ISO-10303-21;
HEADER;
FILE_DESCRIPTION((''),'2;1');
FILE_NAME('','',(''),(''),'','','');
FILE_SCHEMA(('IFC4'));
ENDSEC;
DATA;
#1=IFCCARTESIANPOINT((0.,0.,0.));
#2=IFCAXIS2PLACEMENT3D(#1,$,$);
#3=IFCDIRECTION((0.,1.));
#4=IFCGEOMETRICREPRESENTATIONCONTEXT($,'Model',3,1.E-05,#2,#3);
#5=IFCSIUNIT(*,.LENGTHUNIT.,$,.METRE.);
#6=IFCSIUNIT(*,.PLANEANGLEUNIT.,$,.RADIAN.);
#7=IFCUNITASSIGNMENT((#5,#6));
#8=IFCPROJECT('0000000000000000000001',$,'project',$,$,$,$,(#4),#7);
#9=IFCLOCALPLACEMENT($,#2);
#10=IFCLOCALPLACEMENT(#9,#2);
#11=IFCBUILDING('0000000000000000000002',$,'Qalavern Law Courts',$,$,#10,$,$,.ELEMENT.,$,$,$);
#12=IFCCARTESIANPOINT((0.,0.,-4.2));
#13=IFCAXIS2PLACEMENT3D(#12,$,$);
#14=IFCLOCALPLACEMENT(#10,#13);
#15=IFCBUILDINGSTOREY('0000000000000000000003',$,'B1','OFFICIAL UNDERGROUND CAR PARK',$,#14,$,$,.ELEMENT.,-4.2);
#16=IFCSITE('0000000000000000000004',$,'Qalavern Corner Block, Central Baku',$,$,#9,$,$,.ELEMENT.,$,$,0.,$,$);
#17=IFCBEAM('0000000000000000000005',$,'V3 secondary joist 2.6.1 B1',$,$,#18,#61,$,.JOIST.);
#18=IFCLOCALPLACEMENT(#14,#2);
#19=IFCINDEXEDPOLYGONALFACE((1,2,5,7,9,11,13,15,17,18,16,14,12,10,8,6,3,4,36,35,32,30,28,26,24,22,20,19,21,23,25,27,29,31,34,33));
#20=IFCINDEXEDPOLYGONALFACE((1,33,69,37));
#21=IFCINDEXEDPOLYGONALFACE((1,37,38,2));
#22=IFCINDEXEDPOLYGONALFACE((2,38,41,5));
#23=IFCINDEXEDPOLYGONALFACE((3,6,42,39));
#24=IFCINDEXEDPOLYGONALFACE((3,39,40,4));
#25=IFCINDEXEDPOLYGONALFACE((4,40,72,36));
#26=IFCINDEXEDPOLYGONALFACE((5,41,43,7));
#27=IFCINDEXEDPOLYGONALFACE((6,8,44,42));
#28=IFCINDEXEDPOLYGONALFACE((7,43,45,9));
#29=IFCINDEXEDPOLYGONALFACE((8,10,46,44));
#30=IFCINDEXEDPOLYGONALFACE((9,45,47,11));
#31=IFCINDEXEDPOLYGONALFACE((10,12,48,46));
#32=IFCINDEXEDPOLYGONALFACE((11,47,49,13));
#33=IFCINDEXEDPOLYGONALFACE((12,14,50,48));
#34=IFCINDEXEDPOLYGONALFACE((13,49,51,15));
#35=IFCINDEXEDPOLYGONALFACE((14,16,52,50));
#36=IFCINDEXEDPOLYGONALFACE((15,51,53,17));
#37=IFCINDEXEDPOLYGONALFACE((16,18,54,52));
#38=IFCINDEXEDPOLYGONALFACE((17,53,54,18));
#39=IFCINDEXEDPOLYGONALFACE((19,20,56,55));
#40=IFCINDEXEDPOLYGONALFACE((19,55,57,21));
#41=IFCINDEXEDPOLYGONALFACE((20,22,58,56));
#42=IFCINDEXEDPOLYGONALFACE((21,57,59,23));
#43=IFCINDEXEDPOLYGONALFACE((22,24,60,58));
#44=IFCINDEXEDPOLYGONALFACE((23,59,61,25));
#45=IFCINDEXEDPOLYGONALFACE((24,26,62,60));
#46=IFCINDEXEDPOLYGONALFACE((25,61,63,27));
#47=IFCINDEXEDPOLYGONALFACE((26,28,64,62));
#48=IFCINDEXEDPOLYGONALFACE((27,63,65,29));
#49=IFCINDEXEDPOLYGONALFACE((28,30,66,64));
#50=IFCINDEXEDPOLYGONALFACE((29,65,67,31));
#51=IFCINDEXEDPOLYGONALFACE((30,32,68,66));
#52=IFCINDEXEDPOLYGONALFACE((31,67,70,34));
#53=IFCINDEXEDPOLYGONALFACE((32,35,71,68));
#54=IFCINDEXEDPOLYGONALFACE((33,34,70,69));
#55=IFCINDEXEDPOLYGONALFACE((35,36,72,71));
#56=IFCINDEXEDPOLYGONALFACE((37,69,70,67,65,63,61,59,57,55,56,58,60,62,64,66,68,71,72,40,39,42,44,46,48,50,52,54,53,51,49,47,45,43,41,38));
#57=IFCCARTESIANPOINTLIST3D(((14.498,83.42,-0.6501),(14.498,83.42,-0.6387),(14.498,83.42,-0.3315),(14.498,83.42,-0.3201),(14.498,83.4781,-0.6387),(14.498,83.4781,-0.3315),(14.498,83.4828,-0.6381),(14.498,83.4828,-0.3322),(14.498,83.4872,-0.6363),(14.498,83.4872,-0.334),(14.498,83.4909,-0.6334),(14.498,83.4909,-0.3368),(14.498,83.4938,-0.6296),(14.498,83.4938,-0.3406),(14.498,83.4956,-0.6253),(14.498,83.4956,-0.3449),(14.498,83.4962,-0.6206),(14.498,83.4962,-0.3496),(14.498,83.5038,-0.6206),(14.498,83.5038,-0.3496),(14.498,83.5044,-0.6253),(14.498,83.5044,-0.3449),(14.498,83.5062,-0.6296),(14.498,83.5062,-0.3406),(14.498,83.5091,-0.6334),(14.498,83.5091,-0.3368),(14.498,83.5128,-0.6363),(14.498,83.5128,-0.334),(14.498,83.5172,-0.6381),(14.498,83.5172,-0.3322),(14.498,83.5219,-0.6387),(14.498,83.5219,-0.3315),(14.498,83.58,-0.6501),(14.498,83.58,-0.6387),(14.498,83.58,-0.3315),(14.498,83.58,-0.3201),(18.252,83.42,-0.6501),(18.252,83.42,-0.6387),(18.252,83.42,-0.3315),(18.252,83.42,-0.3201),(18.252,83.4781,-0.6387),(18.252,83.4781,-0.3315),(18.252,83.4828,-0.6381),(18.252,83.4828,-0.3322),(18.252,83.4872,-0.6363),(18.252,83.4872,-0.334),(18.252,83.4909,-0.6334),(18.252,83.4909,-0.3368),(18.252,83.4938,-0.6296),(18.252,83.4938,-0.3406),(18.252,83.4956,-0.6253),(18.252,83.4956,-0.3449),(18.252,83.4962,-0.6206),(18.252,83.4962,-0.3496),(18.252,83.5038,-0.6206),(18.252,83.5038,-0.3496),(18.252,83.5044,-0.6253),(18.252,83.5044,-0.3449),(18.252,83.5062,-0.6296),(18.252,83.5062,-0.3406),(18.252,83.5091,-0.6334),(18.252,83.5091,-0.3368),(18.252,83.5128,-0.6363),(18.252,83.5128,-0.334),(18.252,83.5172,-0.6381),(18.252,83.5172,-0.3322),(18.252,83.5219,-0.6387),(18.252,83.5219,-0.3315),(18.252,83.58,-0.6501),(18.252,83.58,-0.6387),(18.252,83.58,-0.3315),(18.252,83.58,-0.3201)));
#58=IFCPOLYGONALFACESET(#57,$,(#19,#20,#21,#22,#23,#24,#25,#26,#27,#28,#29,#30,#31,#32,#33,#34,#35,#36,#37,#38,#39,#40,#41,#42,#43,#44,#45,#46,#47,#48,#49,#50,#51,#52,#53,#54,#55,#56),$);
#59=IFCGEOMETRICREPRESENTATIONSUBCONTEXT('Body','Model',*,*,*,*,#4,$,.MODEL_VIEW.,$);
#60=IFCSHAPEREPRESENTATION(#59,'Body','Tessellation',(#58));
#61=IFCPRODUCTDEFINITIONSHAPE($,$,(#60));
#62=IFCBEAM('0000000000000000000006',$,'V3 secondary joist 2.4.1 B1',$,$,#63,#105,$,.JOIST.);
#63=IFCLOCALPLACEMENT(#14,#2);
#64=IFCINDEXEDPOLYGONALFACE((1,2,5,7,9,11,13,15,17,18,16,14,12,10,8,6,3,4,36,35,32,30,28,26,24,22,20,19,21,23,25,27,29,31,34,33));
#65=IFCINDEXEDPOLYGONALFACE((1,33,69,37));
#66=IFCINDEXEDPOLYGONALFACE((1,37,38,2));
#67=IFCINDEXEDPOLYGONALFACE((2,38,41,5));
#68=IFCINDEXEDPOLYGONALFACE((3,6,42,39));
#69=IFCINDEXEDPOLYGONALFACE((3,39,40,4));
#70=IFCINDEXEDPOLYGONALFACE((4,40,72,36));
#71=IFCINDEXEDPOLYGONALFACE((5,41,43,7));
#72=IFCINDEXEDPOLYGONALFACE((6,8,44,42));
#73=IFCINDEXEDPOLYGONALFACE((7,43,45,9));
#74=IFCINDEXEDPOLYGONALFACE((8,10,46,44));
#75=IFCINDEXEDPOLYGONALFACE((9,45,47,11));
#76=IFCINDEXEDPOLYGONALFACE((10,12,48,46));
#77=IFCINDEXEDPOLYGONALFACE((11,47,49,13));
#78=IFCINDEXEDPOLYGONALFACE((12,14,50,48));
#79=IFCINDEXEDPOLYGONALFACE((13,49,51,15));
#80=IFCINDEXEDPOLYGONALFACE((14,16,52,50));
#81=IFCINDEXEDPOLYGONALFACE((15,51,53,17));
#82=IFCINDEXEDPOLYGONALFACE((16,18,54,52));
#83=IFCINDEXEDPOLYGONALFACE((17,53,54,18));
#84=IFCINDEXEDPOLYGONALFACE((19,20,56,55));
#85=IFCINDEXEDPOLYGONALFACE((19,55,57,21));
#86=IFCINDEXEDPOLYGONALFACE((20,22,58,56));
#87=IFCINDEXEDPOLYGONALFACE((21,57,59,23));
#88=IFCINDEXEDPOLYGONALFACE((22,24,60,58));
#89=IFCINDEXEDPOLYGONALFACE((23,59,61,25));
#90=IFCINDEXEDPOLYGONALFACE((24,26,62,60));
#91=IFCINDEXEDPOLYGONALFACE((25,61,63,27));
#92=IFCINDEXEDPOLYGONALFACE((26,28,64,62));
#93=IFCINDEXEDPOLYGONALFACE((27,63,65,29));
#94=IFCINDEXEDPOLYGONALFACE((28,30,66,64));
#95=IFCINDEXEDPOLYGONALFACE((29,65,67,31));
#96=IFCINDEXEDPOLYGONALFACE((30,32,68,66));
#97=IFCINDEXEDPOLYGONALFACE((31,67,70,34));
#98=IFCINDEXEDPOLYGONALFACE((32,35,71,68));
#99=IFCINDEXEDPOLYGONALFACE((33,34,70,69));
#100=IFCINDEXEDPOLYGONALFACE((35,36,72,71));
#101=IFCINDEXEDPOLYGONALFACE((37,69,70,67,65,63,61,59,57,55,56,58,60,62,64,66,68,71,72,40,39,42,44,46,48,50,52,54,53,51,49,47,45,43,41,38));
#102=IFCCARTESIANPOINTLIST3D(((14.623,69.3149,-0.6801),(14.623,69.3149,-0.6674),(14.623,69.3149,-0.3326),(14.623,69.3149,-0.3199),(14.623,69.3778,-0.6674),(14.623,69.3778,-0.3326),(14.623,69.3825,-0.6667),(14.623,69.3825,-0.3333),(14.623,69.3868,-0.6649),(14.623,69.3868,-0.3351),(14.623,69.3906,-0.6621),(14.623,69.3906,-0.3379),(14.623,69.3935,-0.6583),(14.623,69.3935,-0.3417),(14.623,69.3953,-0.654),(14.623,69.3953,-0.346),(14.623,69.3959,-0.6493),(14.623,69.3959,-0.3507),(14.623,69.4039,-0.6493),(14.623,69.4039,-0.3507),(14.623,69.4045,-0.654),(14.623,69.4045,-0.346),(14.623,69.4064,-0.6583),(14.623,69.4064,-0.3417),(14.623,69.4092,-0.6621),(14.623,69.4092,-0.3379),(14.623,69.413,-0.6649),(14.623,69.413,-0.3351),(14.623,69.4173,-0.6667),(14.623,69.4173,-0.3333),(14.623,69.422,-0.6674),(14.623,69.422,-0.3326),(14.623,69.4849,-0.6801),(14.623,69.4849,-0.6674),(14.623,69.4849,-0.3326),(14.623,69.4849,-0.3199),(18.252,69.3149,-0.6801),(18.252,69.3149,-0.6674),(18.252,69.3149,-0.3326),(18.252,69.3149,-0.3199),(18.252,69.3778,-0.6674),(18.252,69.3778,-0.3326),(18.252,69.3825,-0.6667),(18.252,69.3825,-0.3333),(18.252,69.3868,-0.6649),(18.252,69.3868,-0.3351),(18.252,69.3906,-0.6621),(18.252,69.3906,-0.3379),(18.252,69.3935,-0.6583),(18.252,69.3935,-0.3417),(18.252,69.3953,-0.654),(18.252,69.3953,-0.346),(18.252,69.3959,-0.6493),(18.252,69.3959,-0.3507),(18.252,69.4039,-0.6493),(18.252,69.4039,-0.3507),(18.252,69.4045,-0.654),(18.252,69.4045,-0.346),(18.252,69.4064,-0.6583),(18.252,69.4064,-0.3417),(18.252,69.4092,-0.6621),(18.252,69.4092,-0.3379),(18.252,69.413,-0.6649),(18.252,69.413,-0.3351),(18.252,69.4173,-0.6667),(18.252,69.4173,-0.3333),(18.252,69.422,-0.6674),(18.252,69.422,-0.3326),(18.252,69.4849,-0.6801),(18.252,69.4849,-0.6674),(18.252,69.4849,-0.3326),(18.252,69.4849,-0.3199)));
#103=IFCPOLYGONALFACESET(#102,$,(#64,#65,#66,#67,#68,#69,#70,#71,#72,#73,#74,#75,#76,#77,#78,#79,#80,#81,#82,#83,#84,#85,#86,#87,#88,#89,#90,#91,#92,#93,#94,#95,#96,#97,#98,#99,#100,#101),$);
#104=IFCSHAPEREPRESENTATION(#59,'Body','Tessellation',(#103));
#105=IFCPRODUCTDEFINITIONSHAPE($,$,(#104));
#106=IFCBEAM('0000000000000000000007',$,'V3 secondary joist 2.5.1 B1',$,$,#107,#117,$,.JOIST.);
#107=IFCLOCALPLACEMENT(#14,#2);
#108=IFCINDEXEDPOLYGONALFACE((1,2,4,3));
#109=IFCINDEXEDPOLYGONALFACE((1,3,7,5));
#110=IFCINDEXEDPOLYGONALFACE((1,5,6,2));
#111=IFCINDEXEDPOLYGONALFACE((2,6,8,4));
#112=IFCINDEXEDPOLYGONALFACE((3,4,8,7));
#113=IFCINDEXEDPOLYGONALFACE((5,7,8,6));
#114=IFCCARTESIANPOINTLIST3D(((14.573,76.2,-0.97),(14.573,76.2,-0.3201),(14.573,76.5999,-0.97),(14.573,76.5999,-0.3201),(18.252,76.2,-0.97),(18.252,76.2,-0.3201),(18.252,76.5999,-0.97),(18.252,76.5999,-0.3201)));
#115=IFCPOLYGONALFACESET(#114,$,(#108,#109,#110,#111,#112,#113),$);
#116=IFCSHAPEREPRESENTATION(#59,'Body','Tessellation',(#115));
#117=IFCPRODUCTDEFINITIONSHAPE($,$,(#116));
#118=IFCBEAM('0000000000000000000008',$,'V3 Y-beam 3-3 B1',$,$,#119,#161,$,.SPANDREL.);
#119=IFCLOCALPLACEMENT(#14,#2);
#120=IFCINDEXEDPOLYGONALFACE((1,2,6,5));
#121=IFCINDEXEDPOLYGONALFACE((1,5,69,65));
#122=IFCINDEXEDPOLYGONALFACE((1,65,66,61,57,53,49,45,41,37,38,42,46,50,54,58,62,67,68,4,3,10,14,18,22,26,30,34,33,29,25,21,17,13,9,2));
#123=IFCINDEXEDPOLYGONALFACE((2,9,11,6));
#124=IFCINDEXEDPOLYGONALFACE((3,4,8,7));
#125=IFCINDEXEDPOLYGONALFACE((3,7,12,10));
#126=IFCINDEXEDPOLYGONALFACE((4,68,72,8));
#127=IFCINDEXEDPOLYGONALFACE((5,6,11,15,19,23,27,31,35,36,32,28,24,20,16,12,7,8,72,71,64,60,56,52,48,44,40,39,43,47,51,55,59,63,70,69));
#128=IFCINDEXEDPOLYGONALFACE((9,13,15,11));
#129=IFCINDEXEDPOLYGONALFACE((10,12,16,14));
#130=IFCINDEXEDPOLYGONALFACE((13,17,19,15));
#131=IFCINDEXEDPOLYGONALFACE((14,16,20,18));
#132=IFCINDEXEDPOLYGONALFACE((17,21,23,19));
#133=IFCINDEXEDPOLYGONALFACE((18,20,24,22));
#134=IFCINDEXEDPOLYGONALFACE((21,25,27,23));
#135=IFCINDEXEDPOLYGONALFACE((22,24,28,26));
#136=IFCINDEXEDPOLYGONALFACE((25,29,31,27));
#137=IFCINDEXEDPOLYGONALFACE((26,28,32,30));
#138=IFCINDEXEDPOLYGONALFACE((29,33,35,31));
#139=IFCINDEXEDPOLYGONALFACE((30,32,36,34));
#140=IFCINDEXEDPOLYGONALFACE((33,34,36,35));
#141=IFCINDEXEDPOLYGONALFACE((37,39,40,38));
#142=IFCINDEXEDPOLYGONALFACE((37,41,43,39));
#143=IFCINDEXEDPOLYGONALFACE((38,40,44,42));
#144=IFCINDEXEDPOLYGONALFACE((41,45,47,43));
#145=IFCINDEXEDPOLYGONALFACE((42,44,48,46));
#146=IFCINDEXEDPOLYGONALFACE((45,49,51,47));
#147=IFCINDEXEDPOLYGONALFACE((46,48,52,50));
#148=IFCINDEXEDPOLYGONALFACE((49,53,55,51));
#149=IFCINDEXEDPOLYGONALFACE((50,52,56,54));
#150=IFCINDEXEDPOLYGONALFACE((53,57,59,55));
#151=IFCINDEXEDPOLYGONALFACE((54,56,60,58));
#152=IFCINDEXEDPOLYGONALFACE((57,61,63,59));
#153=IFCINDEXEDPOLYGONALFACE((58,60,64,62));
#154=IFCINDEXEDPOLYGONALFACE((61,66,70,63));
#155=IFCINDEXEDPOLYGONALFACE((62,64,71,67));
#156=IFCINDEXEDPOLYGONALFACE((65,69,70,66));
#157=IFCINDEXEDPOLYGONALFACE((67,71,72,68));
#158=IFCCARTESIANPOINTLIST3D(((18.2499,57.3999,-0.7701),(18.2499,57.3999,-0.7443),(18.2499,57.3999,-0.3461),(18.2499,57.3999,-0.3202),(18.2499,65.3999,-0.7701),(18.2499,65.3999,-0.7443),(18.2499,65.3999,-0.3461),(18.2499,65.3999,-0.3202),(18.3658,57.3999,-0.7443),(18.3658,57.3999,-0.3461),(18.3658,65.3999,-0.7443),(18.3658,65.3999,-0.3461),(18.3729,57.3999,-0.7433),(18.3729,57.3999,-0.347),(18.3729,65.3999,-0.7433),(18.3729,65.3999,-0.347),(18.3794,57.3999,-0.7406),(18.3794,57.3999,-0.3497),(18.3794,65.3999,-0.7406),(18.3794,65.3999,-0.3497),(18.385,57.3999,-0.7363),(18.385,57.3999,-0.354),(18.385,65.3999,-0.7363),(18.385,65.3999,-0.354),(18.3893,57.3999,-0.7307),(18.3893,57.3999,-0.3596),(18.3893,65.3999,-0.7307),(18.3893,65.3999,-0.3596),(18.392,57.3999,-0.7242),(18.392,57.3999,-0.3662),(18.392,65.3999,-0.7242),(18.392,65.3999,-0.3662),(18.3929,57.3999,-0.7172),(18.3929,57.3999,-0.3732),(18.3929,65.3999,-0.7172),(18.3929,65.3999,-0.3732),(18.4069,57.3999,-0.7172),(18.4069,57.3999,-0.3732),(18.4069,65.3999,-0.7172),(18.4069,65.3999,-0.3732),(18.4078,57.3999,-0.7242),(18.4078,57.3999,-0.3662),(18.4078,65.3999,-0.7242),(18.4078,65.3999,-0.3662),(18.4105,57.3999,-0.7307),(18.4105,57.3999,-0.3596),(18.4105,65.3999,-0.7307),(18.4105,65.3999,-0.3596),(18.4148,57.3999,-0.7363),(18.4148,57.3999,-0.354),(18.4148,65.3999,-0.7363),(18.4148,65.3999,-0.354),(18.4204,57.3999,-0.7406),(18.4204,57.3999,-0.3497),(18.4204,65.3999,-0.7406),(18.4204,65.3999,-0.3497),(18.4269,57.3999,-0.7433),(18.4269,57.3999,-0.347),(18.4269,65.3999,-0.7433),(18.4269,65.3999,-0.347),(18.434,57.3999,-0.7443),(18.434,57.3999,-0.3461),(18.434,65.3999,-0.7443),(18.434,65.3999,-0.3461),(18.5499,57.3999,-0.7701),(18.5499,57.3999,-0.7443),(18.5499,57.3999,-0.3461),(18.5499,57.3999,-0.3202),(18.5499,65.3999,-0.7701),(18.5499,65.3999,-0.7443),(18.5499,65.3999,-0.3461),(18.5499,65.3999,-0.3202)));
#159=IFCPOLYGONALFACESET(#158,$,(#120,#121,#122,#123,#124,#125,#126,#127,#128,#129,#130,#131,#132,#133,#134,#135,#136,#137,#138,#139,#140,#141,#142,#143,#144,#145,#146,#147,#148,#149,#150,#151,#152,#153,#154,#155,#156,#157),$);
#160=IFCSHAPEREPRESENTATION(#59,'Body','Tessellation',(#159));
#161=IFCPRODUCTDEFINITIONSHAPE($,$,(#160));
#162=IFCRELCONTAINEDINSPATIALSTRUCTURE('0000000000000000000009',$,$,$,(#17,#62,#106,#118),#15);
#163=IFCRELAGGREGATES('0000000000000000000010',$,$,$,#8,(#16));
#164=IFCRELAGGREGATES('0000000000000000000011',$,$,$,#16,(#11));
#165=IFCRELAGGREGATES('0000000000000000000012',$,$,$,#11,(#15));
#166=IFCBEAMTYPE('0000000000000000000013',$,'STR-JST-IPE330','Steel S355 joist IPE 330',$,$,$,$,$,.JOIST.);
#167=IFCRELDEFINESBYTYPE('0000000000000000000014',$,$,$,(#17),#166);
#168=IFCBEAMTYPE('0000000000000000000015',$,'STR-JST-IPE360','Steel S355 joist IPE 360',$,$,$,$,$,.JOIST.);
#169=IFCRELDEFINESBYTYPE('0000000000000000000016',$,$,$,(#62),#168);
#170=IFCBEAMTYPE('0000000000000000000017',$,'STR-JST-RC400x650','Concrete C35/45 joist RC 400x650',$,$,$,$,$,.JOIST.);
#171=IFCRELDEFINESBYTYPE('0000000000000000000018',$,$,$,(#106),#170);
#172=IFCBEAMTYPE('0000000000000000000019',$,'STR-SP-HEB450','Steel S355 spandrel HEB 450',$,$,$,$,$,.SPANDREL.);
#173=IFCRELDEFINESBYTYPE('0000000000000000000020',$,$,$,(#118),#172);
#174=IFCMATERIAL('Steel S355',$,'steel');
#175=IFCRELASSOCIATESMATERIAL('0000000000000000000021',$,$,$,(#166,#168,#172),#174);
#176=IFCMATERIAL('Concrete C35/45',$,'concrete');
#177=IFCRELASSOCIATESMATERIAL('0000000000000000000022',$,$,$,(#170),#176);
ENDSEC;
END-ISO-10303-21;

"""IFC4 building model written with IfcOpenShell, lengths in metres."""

from ifc_helpers import new_model, si_unit, direction, frame, origin, origin_2d, place, context, subcontext, project, spatial, rectangle, i_section, extrude, material, material_profile, profile_set, type_object, element, save


model = new_model("IFC4")

# Units and contexts
model_context = context("Model", 3, precision=1e-05, world=origin(), true_north=direction((0.0, 1.0)))
body_context = subcontext(model_context, "Body", "Model", "MODEL_VIEW")
ifc_project = project(units=[si_unit("LENGTHUNIT", "METRE"), si_unit("PLANEANGLEUNIT", "RADIAN")], contexts=[model_context])

# Site, building, storey
site_placement = place(None, origin())
site = spatial("IfcSite", under=ifc_project, at=site_placement, Name="Qalavern Corner Block, Central Baku", CompositionType="ELEMENT", RefElevation=0.0)
building_placement = place(site_placement, origin())
building = spatial("IfcBuilding", under=site, at=building_placement, Name="Qalavern Law Courts", CompositionType="ELEMENT")
storey_placement = place(building_placement, frame((0.0, 0.0, -4.2)))
storey = spatial("IfcBuildingStorey", under=building, at=storey_placement, Name="B1", Description="OFFICIAL UNDERGROUND CAR PARK", CompositionType="ELEMENT", Elevation=-4.2)

# Beams
ifc_material_1 = material(Name="Steel S355", Category="steel")
ifc_material_profile_1 = material_profile(ifc_material_1, i_section(OverallWidth=0.1599, OverallDepth=0.3301, WebThickness=0.0076, FlangeThickness=0.0115, FilletRadius=0.0181, at=origin_2d()), Name="IPE 330")
ifc_profile_set_1 = profile_set([ifc_material_profile_1], Name="Steel S355")
beam_type_1 = type_object("IfcBeamType", Name="STR-JST-IPE330", Description="Steel S355 joist IPE 330", PredefinedType="JOIST", material=ifc_profile_set_1)
beam_1_placement = place(storey_placement, frame((14.498, 83.5, -0.4851), z_axis=(1.0, 0.0, 0.0), x_axis=(0.0, 1.0, 0.0)))
element("IfcBeam", 1, at=beam_1_placement, inside=storey, type_object=beam_type_1, Name="V3 secondary joist 2.6.1 B1", PredefinedType="JOIST", context=body_context, shape_type="SweptSolid", body=[
    extrude(i_section(OverallWidth=0.1599, OverallDepth=0.3301, WebThickness=0.0076, FlangeThickness=0.0115, FilletRadius=0.0181, at=origin_2d()), origin(), (0.0, 0.0, 1.0), 3.7539),
])
ifc_material_profile_2 = material_profile(ifc_material_1, i_section(OverallWidth=0.1699, OverallDepth=0.3601, WebThickness=0.0081, FlangeThickness=0.0127, FilletRadius=0.0181, at=origin_2d()), Name="IPE 360")
ifc_profile_set_2 = profile_set([ifc_material_profile_2], Name="Steel S355")
beam_type_2 = type_object("IfcBeamType", Name="STR-JST-IPE360", Description="Steel S355 joist IPE 360", PredefinedType="JOIST", material=ifc_profile_set_2)
beam_2_placement = place(storey_placement, frame((14.623, 69.3999, -0.5), z_axis=(1.0, 0.0, 0.0), x_axis=(0.0, 1.0, 0.0)))
element("IfcBeam", 2, at=beam_2_placement, inside=storey, type_object=beam_type_2, Name="V3 secondary joist 2.4.1 B1", PredefinedType="JOIST", context=body_context, shape_type="SweptSolid", body=[
    extrude(i_section(OverallWidth=0.1699, OverallDepth=0.3601, WebThickness=0.0081, FlangeThickness=0.0127, FilletRadius=0.0181, at=origin_2d()), origin(), (0.0, 0.0, 1.0), 3.6289),
])
ifc_material_2 = material(Name="Concrete C35/45", Category="concrete")
ifc_material_profile_3 = material_profile(ifc_material_2, rectangle(XDim=0.3999, YDim=0.6499, at=origin_2d()), Name="RC 400x650")
ifc_profile_set_3 = profile_set([ifc_material_profile_3], Name="Concrete C35/45")
beam_type_3 = type_object("IfcBeamType", Name="STR-JST-RC400x650", Description="Concrete C35/45 joist RC 400x650", PredefinedType="JOIST", material=ifc_profile_set_3)
beam_3_placement = place(storey_placement, frame((14.573, 76.3999, -0.645), z_axis=(1.0, 0.0, 0.0), x_axis=(0.0, 1.0, 0.0)))
element("IfcBeam", 3, at=beam_3_placement, inside=storey, type_object=beam_type_3, Name="V3 secondary joist 2.5.1 B1", PredefinedType="JOIST", context=body_context, shape_type="SweptSolid", body=[
    extrude(rectangle(XDim=0.3999, YDim=0.6499, at=origin_2d()), origin(), (0.0, 0.0, 1.0), 3.679),
])
ifc_material_profile_4 = material_profile(ifc_material_1, i_section(OverallWidth=0.3, OverallDepth=0.45, WebThickness=0.0139, FlangeThickness=0.0259, FilletRadius=0.0271, at=origin_2d()), Name="HEB 450")
ifc_profile_set_4 = profile_set([ifc_material_profile_4], Name="Steel S355")
beam_type_4 = type_object("IfcBeamType", Name="STR-SP-HEB450", Description="Steel S355 spandrel HEB 450", PredefinedType="SPANDREL", material=ifc_profile_set_4)
for number, where, z_axis, x_axis, name in (
    (4, (18.3999, 57.3999, -0.5452), (0.0, 1.0, 0.0), (-1.0, 0.0, 0.0), "V3 Y-beam 3-3 B1"),
):
    element("IfcBeam", number, at=place(storey_placement, frame(where, z_axis=z_axis, x_axis=x_axis)), inside=storey, type_object=beam_type_4, Name=name, PredefinedType="SPANDREL", context=body_context, shape_type="SweptSolid", body=[
        extrude(i_section(OverallWidth=0.3, OverallDepth=0.45, WebThickness=0.0139, FlangeThickness=0.0259, FilletRadius=0.0271, at=origin_2d()), origin(), (0.0, 0.0, 1.0), 8.0),
    ])

save(model, "model.ifc")
